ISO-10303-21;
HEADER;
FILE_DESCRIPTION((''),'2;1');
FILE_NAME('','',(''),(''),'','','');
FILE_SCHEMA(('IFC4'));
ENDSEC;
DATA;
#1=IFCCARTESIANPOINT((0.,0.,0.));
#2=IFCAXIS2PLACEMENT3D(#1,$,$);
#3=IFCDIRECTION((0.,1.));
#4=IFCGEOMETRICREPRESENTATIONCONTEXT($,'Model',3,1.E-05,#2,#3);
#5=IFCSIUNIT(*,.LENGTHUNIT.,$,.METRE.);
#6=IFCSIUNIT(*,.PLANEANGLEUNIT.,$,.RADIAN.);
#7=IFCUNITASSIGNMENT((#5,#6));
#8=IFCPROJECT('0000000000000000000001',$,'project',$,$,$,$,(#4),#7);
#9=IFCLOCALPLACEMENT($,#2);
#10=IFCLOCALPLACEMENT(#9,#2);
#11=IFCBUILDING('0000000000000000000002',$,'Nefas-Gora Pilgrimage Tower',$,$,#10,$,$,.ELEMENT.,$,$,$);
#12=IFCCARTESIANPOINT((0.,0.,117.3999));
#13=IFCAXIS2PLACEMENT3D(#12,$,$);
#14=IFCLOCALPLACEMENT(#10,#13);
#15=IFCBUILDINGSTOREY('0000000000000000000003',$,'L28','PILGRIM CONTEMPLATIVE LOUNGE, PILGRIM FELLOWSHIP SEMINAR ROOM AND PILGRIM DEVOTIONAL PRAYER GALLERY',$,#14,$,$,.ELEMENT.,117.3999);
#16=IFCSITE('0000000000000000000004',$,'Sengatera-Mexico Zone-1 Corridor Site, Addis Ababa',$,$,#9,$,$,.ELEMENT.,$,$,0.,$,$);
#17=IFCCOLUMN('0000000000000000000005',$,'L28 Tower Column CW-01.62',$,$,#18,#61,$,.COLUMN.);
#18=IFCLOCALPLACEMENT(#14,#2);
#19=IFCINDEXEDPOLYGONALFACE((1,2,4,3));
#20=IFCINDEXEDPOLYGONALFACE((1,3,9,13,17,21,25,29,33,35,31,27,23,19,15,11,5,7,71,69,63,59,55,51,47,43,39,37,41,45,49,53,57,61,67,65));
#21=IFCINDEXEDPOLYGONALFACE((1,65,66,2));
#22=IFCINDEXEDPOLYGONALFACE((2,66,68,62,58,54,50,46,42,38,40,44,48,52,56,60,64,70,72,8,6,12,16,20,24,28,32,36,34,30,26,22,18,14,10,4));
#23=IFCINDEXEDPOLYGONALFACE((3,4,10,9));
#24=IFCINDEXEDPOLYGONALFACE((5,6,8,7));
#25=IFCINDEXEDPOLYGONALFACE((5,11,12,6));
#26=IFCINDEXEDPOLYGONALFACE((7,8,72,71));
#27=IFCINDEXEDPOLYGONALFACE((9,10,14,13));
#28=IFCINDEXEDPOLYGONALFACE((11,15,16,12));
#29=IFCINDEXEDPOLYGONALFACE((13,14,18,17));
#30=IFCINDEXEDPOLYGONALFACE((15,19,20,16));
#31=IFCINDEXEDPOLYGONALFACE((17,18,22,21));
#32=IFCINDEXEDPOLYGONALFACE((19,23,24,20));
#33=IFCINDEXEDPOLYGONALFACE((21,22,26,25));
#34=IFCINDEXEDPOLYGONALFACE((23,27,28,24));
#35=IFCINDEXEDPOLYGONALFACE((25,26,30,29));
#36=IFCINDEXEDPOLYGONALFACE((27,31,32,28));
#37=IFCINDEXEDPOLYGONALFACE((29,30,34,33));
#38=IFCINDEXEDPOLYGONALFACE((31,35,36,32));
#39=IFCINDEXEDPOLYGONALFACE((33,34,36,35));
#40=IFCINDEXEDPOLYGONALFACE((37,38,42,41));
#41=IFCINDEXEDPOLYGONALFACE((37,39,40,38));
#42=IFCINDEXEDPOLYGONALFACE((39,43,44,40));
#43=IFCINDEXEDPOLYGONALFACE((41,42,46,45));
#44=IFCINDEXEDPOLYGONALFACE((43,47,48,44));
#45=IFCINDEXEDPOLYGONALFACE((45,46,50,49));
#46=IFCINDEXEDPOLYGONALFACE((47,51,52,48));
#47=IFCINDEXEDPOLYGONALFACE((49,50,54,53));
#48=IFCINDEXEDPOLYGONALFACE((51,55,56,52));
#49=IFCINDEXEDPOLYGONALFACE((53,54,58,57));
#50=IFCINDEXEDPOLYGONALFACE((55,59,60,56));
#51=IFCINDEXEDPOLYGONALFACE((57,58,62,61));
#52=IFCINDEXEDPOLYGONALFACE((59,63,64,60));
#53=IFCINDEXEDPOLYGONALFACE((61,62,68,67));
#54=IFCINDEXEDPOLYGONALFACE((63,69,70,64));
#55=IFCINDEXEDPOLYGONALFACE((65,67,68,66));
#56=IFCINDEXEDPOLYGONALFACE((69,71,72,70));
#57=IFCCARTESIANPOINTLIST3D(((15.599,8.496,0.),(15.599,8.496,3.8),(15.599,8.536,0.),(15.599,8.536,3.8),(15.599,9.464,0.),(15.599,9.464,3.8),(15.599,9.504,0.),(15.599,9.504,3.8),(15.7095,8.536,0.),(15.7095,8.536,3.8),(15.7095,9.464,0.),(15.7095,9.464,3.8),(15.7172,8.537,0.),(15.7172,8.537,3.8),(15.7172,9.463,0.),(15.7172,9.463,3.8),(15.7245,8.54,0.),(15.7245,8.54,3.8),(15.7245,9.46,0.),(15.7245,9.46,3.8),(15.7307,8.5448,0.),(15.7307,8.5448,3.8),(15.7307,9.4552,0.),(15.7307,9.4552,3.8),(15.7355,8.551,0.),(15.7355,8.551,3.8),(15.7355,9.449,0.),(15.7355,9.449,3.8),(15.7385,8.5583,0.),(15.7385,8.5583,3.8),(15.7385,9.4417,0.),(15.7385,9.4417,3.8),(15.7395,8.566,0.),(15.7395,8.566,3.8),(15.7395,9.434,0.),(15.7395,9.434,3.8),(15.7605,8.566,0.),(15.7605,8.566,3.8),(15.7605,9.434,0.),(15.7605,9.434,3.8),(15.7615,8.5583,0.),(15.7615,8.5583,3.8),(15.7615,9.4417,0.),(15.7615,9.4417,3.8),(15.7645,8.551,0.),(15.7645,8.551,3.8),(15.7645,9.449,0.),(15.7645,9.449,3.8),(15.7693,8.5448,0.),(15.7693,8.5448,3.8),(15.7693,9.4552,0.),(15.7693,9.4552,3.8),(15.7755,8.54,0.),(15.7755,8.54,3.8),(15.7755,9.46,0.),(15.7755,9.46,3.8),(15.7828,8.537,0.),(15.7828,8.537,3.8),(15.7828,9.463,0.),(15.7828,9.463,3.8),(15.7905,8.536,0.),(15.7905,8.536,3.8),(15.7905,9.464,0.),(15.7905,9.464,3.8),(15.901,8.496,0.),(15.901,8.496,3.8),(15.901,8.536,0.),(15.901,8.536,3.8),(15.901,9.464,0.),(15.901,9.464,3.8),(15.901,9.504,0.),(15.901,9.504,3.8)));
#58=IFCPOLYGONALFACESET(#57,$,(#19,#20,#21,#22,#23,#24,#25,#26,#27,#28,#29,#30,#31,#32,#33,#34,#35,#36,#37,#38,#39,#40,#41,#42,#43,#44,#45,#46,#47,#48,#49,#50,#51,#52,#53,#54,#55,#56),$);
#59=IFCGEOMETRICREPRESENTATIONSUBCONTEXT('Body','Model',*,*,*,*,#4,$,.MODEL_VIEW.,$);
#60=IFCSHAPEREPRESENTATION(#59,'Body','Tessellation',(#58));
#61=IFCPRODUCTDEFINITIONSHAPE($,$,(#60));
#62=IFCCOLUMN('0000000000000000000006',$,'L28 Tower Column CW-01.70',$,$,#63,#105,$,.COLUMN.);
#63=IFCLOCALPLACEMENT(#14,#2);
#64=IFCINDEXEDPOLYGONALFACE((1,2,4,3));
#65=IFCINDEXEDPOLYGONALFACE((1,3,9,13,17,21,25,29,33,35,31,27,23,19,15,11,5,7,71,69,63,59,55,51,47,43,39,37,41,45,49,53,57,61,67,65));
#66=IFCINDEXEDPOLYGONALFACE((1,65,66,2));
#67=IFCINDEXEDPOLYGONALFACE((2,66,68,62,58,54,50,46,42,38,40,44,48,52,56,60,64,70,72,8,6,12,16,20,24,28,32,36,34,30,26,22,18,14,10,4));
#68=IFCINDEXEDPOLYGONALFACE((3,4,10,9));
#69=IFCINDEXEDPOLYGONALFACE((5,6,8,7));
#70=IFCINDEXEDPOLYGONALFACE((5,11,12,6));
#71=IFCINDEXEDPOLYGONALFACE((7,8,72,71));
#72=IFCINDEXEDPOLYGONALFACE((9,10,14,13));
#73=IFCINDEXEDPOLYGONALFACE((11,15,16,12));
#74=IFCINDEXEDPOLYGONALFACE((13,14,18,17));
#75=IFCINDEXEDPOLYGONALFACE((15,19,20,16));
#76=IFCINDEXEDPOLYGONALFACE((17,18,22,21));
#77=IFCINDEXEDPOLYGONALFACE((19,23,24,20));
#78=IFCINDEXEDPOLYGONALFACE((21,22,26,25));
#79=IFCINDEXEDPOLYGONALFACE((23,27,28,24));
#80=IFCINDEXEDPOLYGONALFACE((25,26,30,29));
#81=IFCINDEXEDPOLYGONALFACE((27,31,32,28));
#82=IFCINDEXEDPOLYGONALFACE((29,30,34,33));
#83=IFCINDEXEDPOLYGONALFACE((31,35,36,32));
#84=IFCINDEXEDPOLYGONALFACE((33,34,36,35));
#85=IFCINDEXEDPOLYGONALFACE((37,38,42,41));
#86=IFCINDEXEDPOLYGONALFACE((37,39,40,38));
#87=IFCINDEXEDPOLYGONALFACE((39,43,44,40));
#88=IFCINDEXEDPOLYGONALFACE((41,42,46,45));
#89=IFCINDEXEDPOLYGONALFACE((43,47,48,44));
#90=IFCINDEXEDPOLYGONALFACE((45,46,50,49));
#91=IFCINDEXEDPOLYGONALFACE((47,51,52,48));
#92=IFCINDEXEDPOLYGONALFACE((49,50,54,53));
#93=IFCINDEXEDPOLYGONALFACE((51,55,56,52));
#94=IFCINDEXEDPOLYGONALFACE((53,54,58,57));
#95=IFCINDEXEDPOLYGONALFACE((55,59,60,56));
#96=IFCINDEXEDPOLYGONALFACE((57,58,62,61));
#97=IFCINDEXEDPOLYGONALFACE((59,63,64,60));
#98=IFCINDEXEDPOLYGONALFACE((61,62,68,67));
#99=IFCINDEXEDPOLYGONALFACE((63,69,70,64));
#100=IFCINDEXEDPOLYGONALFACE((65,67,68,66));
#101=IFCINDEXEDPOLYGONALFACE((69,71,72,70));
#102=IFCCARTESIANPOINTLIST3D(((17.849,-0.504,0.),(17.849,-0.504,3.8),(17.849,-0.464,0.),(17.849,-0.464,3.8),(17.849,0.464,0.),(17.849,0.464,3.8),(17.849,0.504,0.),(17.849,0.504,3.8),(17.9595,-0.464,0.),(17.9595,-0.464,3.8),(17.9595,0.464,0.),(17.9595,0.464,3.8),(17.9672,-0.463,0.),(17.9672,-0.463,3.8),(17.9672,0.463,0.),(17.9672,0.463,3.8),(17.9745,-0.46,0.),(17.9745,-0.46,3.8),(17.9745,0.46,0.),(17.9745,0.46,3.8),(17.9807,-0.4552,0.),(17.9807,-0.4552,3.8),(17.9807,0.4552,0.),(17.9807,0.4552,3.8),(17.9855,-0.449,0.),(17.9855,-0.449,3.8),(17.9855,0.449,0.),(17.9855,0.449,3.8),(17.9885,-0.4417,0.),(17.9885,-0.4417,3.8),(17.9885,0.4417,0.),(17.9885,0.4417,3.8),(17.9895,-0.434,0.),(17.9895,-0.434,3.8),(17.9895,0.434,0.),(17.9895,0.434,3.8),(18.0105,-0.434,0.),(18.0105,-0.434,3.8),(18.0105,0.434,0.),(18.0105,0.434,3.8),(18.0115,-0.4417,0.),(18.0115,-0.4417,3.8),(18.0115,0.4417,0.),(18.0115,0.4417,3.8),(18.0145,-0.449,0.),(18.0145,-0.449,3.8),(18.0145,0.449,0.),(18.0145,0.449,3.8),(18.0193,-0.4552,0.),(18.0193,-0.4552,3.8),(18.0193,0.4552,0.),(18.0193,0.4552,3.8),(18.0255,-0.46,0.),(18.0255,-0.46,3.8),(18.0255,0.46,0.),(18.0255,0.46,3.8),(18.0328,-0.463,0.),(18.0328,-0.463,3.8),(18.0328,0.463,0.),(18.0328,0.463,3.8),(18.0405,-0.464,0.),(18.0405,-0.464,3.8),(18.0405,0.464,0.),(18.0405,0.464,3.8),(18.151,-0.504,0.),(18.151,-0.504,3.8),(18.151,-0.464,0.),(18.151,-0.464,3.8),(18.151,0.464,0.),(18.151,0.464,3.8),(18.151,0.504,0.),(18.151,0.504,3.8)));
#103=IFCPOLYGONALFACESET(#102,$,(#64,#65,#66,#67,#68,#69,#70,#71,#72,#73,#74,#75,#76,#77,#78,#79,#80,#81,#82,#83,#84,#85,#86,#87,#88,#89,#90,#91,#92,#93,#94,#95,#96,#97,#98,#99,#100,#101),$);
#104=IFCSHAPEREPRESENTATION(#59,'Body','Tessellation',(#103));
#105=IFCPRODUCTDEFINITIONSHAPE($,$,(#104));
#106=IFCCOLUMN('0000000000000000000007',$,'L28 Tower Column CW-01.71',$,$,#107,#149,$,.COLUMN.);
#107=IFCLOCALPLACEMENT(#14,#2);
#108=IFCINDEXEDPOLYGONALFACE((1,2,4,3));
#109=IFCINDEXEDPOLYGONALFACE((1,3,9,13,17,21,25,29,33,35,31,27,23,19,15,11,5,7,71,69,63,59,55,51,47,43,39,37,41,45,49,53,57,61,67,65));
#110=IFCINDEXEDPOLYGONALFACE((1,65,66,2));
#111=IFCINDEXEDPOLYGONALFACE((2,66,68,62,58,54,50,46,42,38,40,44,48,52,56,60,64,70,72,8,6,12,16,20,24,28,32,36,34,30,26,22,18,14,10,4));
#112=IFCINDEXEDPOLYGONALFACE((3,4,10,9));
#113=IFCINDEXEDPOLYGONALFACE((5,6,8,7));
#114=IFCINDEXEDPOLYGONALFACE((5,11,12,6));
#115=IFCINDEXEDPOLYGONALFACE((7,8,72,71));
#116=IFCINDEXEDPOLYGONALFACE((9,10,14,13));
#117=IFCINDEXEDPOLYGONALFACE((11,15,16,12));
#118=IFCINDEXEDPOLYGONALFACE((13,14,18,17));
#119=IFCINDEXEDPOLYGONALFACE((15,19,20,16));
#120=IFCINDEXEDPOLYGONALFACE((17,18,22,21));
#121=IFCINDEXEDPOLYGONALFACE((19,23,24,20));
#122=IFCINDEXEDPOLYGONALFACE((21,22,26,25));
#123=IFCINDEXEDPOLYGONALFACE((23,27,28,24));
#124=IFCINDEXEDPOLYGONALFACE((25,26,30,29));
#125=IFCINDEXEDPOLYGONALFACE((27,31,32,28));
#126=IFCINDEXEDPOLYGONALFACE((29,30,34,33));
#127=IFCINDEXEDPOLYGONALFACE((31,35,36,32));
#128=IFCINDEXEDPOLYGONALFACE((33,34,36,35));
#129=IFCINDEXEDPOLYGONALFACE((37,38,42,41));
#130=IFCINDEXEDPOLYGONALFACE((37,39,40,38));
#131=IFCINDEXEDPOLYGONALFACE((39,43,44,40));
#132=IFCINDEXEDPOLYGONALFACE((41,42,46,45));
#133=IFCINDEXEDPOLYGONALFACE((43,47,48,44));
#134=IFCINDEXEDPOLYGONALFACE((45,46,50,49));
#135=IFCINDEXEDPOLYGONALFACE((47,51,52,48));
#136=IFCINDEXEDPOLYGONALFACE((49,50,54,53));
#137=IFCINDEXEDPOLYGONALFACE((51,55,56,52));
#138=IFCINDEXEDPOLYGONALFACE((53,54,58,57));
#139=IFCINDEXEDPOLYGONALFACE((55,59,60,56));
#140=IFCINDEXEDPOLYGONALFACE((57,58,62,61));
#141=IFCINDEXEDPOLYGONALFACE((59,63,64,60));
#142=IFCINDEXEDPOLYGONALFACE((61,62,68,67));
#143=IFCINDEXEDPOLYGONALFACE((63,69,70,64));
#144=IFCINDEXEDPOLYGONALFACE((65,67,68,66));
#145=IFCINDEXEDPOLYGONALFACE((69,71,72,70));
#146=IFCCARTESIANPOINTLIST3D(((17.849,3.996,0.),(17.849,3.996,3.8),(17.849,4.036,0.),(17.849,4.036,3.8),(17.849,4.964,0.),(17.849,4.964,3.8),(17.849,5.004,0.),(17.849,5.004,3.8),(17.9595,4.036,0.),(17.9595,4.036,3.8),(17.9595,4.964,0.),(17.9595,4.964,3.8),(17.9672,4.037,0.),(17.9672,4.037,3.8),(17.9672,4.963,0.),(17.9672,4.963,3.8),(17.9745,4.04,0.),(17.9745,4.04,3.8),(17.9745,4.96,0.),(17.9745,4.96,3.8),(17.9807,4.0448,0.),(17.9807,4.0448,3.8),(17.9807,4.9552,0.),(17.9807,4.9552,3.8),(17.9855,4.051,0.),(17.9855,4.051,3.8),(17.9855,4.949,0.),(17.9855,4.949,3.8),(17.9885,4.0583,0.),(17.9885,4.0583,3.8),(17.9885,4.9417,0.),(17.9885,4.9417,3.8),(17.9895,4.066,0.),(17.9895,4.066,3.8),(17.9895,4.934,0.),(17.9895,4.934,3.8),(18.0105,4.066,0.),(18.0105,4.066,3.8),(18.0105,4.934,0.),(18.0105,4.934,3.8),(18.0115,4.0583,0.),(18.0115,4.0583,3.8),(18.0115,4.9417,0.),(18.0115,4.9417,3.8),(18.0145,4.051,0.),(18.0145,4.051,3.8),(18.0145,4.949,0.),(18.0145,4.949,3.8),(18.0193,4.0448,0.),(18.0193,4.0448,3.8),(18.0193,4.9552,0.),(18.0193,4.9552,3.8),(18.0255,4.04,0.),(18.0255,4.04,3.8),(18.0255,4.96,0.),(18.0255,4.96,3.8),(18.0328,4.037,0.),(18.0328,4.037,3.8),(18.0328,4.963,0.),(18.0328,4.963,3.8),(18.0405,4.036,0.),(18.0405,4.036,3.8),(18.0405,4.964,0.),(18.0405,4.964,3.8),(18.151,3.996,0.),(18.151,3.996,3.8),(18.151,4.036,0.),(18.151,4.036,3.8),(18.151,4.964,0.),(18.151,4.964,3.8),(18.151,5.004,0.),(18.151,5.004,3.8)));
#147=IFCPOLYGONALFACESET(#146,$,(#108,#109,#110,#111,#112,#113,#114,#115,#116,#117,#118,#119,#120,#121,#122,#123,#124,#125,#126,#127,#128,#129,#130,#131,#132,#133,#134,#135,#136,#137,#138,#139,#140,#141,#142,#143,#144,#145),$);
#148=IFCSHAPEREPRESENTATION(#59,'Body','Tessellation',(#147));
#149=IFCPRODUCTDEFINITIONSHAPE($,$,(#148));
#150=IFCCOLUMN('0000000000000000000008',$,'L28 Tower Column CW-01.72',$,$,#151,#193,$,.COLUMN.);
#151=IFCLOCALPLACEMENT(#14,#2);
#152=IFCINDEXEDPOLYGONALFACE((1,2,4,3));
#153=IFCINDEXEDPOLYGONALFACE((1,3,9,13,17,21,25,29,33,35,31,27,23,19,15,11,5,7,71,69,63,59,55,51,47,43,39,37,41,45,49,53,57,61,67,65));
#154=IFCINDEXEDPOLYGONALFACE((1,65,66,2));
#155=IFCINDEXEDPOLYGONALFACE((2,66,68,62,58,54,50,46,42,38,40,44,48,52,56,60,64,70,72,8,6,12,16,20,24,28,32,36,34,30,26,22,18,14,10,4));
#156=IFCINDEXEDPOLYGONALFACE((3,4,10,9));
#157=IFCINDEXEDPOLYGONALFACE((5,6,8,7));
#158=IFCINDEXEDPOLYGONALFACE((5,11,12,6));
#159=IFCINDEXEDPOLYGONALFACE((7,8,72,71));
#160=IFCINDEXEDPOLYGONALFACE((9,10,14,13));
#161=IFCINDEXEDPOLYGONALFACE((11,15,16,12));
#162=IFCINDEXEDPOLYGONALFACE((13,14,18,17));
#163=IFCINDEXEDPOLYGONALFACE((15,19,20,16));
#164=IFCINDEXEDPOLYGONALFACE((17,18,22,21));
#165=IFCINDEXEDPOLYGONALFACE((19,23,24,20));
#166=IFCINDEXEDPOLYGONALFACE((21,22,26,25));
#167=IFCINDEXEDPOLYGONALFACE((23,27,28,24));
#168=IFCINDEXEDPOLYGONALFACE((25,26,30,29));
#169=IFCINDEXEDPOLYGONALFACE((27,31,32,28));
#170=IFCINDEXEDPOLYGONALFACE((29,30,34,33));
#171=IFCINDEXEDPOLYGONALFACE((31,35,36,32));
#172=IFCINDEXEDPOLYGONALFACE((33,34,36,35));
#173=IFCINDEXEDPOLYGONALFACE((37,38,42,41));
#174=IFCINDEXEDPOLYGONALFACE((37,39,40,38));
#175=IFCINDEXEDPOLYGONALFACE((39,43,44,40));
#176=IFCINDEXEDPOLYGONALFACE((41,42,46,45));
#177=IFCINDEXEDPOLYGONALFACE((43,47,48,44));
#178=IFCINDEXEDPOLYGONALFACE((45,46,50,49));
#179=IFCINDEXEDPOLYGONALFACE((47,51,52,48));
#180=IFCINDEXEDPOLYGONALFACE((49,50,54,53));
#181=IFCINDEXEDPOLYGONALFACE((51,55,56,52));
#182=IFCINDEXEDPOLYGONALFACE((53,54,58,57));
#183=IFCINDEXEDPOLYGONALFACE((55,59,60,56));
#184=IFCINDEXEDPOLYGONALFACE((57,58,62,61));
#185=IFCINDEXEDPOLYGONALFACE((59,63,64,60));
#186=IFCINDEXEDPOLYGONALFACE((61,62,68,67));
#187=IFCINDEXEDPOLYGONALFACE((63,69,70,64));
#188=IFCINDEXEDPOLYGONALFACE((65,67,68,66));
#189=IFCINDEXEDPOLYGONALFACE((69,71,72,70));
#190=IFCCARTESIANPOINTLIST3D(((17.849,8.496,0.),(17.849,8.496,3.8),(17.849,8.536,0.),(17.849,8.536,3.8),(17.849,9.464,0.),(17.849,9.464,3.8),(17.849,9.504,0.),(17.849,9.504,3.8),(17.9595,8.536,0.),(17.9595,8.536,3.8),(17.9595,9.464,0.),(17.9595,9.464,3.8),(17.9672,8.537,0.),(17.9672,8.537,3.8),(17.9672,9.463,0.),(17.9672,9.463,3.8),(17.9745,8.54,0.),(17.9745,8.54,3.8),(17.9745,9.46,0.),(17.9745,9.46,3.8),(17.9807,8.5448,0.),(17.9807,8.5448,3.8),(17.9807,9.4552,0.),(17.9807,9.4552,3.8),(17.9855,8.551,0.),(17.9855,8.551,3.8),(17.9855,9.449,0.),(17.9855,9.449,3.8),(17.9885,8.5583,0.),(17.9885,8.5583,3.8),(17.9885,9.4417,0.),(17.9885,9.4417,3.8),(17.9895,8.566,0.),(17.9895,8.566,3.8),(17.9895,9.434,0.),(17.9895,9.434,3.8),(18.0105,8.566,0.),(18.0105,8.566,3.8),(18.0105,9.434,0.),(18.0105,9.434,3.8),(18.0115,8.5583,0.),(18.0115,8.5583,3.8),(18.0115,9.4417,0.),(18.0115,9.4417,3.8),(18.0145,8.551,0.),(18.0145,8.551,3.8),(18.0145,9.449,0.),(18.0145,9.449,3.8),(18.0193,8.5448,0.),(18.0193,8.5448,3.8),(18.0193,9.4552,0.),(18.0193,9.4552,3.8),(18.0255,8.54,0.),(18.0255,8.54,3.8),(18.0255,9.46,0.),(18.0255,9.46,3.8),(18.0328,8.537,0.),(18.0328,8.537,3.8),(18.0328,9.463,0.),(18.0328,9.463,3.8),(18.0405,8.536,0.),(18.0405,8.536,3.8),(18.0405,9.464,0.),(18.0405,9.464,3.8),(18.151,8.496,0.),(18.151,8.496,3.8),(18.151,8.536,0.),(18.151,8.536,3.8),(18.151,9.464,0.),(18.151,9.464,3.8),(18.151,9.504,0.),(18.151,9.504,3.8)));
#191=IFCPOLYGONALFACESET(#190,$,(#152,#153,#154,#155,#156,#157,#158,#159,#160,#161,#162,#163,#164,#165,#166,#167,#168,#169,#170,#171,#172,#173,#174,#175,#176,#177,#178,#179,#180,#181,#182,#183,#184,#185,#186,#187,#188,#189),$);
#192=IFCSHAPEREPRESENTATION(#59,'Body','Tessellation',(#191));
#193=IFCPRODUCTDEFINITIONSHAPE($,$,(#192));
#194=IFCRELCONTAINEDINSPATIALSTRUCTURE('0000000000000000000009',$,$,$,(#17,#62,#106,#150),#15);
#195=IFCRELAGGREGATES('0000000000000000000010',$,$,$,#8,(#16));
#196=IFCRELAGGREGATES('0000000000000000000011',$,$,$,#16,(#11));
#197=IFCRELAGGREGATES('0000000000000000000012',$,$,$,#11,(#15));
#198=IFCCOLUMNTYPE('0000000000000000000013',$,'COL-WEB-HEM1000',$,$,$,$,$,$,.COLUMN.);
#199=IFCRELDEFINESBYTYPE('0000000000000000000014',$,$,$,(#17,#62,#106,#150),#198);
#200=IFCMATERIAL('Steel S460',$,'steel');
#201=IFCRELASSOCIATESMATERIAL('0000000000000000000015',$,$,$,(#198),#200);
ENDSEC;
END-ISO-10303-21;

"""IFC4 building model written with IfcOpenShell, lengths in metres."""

from ifc_helpers import new_model, si_unit, direction, frame, origin, origin_2d, place, context, subcontext, project, spatial, i_section, extrude, source, transform, mapped, material, material_profile, profile_set, type_object, element, save


model = new_model("IFC4")

# Units and contexts
model_context = context("Model", 3, precision=1e-05, world=origin(), true_north=direction((0.0, 1.0)))
body_context = subcontext(model_context, "Body", "Model", "MODEL_VIEW")
ifc_project = project(units=[si_unit("LENGTHUNIT", "METRE"), si_unit("PLANEANGLEUNIT", "RADIAN")], contexts=[model_context])

# Site, building, storey
site_placement = place(None, origin())
site = spatial("IfcSite", under=ifc_project, at=site_placement, Name="Sengatera-Mexico Zone-1 Corridor Site, Addis Ababa", CompositionType="ELEMENT", RefElevation=0.0)
building_placement = place(site_placement, origin())
building = spatial("IfcBuilding", under=site, at=building_placement, Name="Nefas-Gora Pilgrimage Tower", CompositionType="ELEMENT")
storey_placement = place(building_placement, frame((0.0, 0.0, 117.3999)))
storey = spatial("IfcBuildingStorey", under=building, at=storey_placement, Name="L28", Description="PILGRIM CONTEMPLATIVE LOUNGE, PILGRIM FELLOWSHIP SEMINAR ROOM AND PILGRIM DEVOTIONAL PRAYER GALLERY", CompositionType="ELEMENT", Elevation=117.3999)

# Columns
ifc_material_1 = material(Name="Steel S460", Category="steel")
ifc_material_profile_1 = material_profile(ifc_material_1, i_section(OverallWidth=0.302, OverallDepth=1.0081, WebThickness=0.021, FlangeThickness=0.04, FilletRadius=0.03, at=origin_2d()), Name="HEM 1000")
ifc_profile_set_1 = profile_set([ifc_material_profile_1], Name="Steel S460")
column_type_1 = type_object("IfcColumnType", Name="COL-WEB-HEM1000", PredefinedType="COLUMN", material=ifc_profile_set_1)
shared_shape_1 = source(origin(), body_context, "Body", "SweptSolid", [
    extrude(i_section(OverallWidth=0.302, OverallDepth=1.0081, WebThickness=0.021, FlangeThickness=0.04, FilletRadius=0.03, at=origin_2d()), origin(), (0.0, 0.0, 1.0), 3.8),
])
for number, where, z_axis, x_axis, name in (
    (1, (15.75, 9.0, 0.0), (0.0, 0.0, 1.0), (1.0, 0.0, 0.0), "L28 Tower Column CW-01.62"),
    (2, (18.0, 0.0, 0.0), (0.0, 0.0, 1.0), (1.0, 0.0, 0.0), "L28 Tower Column CW-01.70"),
    (3, (18.0, 4.5, 0.0), (0.0, 0.0, 1.0), (1.0, 0.0, 0.0), "L28 Tower Column CW-01.71"),
    (4, (18.0, 9.0, 0.0), (0.0, 0.0, 1.0), (1.0, 0.0, 0.0), "L28 Tower Column CW-01.72"),
):
    element("IfcColumn", number, at=place(storey_placement, frame(where, z_axis=z_axis, x_axis=x_axis)), inside=storey, type_object=column_type_1, Name=name, PredefinedType="COLUMN", context=body_context, shape_type="MappedRepresentation", body=[
        mapped(shared_shape_1, transform((0.0, 0.0, 0.0), x_axis=(1.0, 0.0, 0.0), y_axis=(0.0, 1.0, 0.0), z_axis=(0.0, 0.0, 1.0), scale=1.0)),
    ])

save(model, "model.ifc")
